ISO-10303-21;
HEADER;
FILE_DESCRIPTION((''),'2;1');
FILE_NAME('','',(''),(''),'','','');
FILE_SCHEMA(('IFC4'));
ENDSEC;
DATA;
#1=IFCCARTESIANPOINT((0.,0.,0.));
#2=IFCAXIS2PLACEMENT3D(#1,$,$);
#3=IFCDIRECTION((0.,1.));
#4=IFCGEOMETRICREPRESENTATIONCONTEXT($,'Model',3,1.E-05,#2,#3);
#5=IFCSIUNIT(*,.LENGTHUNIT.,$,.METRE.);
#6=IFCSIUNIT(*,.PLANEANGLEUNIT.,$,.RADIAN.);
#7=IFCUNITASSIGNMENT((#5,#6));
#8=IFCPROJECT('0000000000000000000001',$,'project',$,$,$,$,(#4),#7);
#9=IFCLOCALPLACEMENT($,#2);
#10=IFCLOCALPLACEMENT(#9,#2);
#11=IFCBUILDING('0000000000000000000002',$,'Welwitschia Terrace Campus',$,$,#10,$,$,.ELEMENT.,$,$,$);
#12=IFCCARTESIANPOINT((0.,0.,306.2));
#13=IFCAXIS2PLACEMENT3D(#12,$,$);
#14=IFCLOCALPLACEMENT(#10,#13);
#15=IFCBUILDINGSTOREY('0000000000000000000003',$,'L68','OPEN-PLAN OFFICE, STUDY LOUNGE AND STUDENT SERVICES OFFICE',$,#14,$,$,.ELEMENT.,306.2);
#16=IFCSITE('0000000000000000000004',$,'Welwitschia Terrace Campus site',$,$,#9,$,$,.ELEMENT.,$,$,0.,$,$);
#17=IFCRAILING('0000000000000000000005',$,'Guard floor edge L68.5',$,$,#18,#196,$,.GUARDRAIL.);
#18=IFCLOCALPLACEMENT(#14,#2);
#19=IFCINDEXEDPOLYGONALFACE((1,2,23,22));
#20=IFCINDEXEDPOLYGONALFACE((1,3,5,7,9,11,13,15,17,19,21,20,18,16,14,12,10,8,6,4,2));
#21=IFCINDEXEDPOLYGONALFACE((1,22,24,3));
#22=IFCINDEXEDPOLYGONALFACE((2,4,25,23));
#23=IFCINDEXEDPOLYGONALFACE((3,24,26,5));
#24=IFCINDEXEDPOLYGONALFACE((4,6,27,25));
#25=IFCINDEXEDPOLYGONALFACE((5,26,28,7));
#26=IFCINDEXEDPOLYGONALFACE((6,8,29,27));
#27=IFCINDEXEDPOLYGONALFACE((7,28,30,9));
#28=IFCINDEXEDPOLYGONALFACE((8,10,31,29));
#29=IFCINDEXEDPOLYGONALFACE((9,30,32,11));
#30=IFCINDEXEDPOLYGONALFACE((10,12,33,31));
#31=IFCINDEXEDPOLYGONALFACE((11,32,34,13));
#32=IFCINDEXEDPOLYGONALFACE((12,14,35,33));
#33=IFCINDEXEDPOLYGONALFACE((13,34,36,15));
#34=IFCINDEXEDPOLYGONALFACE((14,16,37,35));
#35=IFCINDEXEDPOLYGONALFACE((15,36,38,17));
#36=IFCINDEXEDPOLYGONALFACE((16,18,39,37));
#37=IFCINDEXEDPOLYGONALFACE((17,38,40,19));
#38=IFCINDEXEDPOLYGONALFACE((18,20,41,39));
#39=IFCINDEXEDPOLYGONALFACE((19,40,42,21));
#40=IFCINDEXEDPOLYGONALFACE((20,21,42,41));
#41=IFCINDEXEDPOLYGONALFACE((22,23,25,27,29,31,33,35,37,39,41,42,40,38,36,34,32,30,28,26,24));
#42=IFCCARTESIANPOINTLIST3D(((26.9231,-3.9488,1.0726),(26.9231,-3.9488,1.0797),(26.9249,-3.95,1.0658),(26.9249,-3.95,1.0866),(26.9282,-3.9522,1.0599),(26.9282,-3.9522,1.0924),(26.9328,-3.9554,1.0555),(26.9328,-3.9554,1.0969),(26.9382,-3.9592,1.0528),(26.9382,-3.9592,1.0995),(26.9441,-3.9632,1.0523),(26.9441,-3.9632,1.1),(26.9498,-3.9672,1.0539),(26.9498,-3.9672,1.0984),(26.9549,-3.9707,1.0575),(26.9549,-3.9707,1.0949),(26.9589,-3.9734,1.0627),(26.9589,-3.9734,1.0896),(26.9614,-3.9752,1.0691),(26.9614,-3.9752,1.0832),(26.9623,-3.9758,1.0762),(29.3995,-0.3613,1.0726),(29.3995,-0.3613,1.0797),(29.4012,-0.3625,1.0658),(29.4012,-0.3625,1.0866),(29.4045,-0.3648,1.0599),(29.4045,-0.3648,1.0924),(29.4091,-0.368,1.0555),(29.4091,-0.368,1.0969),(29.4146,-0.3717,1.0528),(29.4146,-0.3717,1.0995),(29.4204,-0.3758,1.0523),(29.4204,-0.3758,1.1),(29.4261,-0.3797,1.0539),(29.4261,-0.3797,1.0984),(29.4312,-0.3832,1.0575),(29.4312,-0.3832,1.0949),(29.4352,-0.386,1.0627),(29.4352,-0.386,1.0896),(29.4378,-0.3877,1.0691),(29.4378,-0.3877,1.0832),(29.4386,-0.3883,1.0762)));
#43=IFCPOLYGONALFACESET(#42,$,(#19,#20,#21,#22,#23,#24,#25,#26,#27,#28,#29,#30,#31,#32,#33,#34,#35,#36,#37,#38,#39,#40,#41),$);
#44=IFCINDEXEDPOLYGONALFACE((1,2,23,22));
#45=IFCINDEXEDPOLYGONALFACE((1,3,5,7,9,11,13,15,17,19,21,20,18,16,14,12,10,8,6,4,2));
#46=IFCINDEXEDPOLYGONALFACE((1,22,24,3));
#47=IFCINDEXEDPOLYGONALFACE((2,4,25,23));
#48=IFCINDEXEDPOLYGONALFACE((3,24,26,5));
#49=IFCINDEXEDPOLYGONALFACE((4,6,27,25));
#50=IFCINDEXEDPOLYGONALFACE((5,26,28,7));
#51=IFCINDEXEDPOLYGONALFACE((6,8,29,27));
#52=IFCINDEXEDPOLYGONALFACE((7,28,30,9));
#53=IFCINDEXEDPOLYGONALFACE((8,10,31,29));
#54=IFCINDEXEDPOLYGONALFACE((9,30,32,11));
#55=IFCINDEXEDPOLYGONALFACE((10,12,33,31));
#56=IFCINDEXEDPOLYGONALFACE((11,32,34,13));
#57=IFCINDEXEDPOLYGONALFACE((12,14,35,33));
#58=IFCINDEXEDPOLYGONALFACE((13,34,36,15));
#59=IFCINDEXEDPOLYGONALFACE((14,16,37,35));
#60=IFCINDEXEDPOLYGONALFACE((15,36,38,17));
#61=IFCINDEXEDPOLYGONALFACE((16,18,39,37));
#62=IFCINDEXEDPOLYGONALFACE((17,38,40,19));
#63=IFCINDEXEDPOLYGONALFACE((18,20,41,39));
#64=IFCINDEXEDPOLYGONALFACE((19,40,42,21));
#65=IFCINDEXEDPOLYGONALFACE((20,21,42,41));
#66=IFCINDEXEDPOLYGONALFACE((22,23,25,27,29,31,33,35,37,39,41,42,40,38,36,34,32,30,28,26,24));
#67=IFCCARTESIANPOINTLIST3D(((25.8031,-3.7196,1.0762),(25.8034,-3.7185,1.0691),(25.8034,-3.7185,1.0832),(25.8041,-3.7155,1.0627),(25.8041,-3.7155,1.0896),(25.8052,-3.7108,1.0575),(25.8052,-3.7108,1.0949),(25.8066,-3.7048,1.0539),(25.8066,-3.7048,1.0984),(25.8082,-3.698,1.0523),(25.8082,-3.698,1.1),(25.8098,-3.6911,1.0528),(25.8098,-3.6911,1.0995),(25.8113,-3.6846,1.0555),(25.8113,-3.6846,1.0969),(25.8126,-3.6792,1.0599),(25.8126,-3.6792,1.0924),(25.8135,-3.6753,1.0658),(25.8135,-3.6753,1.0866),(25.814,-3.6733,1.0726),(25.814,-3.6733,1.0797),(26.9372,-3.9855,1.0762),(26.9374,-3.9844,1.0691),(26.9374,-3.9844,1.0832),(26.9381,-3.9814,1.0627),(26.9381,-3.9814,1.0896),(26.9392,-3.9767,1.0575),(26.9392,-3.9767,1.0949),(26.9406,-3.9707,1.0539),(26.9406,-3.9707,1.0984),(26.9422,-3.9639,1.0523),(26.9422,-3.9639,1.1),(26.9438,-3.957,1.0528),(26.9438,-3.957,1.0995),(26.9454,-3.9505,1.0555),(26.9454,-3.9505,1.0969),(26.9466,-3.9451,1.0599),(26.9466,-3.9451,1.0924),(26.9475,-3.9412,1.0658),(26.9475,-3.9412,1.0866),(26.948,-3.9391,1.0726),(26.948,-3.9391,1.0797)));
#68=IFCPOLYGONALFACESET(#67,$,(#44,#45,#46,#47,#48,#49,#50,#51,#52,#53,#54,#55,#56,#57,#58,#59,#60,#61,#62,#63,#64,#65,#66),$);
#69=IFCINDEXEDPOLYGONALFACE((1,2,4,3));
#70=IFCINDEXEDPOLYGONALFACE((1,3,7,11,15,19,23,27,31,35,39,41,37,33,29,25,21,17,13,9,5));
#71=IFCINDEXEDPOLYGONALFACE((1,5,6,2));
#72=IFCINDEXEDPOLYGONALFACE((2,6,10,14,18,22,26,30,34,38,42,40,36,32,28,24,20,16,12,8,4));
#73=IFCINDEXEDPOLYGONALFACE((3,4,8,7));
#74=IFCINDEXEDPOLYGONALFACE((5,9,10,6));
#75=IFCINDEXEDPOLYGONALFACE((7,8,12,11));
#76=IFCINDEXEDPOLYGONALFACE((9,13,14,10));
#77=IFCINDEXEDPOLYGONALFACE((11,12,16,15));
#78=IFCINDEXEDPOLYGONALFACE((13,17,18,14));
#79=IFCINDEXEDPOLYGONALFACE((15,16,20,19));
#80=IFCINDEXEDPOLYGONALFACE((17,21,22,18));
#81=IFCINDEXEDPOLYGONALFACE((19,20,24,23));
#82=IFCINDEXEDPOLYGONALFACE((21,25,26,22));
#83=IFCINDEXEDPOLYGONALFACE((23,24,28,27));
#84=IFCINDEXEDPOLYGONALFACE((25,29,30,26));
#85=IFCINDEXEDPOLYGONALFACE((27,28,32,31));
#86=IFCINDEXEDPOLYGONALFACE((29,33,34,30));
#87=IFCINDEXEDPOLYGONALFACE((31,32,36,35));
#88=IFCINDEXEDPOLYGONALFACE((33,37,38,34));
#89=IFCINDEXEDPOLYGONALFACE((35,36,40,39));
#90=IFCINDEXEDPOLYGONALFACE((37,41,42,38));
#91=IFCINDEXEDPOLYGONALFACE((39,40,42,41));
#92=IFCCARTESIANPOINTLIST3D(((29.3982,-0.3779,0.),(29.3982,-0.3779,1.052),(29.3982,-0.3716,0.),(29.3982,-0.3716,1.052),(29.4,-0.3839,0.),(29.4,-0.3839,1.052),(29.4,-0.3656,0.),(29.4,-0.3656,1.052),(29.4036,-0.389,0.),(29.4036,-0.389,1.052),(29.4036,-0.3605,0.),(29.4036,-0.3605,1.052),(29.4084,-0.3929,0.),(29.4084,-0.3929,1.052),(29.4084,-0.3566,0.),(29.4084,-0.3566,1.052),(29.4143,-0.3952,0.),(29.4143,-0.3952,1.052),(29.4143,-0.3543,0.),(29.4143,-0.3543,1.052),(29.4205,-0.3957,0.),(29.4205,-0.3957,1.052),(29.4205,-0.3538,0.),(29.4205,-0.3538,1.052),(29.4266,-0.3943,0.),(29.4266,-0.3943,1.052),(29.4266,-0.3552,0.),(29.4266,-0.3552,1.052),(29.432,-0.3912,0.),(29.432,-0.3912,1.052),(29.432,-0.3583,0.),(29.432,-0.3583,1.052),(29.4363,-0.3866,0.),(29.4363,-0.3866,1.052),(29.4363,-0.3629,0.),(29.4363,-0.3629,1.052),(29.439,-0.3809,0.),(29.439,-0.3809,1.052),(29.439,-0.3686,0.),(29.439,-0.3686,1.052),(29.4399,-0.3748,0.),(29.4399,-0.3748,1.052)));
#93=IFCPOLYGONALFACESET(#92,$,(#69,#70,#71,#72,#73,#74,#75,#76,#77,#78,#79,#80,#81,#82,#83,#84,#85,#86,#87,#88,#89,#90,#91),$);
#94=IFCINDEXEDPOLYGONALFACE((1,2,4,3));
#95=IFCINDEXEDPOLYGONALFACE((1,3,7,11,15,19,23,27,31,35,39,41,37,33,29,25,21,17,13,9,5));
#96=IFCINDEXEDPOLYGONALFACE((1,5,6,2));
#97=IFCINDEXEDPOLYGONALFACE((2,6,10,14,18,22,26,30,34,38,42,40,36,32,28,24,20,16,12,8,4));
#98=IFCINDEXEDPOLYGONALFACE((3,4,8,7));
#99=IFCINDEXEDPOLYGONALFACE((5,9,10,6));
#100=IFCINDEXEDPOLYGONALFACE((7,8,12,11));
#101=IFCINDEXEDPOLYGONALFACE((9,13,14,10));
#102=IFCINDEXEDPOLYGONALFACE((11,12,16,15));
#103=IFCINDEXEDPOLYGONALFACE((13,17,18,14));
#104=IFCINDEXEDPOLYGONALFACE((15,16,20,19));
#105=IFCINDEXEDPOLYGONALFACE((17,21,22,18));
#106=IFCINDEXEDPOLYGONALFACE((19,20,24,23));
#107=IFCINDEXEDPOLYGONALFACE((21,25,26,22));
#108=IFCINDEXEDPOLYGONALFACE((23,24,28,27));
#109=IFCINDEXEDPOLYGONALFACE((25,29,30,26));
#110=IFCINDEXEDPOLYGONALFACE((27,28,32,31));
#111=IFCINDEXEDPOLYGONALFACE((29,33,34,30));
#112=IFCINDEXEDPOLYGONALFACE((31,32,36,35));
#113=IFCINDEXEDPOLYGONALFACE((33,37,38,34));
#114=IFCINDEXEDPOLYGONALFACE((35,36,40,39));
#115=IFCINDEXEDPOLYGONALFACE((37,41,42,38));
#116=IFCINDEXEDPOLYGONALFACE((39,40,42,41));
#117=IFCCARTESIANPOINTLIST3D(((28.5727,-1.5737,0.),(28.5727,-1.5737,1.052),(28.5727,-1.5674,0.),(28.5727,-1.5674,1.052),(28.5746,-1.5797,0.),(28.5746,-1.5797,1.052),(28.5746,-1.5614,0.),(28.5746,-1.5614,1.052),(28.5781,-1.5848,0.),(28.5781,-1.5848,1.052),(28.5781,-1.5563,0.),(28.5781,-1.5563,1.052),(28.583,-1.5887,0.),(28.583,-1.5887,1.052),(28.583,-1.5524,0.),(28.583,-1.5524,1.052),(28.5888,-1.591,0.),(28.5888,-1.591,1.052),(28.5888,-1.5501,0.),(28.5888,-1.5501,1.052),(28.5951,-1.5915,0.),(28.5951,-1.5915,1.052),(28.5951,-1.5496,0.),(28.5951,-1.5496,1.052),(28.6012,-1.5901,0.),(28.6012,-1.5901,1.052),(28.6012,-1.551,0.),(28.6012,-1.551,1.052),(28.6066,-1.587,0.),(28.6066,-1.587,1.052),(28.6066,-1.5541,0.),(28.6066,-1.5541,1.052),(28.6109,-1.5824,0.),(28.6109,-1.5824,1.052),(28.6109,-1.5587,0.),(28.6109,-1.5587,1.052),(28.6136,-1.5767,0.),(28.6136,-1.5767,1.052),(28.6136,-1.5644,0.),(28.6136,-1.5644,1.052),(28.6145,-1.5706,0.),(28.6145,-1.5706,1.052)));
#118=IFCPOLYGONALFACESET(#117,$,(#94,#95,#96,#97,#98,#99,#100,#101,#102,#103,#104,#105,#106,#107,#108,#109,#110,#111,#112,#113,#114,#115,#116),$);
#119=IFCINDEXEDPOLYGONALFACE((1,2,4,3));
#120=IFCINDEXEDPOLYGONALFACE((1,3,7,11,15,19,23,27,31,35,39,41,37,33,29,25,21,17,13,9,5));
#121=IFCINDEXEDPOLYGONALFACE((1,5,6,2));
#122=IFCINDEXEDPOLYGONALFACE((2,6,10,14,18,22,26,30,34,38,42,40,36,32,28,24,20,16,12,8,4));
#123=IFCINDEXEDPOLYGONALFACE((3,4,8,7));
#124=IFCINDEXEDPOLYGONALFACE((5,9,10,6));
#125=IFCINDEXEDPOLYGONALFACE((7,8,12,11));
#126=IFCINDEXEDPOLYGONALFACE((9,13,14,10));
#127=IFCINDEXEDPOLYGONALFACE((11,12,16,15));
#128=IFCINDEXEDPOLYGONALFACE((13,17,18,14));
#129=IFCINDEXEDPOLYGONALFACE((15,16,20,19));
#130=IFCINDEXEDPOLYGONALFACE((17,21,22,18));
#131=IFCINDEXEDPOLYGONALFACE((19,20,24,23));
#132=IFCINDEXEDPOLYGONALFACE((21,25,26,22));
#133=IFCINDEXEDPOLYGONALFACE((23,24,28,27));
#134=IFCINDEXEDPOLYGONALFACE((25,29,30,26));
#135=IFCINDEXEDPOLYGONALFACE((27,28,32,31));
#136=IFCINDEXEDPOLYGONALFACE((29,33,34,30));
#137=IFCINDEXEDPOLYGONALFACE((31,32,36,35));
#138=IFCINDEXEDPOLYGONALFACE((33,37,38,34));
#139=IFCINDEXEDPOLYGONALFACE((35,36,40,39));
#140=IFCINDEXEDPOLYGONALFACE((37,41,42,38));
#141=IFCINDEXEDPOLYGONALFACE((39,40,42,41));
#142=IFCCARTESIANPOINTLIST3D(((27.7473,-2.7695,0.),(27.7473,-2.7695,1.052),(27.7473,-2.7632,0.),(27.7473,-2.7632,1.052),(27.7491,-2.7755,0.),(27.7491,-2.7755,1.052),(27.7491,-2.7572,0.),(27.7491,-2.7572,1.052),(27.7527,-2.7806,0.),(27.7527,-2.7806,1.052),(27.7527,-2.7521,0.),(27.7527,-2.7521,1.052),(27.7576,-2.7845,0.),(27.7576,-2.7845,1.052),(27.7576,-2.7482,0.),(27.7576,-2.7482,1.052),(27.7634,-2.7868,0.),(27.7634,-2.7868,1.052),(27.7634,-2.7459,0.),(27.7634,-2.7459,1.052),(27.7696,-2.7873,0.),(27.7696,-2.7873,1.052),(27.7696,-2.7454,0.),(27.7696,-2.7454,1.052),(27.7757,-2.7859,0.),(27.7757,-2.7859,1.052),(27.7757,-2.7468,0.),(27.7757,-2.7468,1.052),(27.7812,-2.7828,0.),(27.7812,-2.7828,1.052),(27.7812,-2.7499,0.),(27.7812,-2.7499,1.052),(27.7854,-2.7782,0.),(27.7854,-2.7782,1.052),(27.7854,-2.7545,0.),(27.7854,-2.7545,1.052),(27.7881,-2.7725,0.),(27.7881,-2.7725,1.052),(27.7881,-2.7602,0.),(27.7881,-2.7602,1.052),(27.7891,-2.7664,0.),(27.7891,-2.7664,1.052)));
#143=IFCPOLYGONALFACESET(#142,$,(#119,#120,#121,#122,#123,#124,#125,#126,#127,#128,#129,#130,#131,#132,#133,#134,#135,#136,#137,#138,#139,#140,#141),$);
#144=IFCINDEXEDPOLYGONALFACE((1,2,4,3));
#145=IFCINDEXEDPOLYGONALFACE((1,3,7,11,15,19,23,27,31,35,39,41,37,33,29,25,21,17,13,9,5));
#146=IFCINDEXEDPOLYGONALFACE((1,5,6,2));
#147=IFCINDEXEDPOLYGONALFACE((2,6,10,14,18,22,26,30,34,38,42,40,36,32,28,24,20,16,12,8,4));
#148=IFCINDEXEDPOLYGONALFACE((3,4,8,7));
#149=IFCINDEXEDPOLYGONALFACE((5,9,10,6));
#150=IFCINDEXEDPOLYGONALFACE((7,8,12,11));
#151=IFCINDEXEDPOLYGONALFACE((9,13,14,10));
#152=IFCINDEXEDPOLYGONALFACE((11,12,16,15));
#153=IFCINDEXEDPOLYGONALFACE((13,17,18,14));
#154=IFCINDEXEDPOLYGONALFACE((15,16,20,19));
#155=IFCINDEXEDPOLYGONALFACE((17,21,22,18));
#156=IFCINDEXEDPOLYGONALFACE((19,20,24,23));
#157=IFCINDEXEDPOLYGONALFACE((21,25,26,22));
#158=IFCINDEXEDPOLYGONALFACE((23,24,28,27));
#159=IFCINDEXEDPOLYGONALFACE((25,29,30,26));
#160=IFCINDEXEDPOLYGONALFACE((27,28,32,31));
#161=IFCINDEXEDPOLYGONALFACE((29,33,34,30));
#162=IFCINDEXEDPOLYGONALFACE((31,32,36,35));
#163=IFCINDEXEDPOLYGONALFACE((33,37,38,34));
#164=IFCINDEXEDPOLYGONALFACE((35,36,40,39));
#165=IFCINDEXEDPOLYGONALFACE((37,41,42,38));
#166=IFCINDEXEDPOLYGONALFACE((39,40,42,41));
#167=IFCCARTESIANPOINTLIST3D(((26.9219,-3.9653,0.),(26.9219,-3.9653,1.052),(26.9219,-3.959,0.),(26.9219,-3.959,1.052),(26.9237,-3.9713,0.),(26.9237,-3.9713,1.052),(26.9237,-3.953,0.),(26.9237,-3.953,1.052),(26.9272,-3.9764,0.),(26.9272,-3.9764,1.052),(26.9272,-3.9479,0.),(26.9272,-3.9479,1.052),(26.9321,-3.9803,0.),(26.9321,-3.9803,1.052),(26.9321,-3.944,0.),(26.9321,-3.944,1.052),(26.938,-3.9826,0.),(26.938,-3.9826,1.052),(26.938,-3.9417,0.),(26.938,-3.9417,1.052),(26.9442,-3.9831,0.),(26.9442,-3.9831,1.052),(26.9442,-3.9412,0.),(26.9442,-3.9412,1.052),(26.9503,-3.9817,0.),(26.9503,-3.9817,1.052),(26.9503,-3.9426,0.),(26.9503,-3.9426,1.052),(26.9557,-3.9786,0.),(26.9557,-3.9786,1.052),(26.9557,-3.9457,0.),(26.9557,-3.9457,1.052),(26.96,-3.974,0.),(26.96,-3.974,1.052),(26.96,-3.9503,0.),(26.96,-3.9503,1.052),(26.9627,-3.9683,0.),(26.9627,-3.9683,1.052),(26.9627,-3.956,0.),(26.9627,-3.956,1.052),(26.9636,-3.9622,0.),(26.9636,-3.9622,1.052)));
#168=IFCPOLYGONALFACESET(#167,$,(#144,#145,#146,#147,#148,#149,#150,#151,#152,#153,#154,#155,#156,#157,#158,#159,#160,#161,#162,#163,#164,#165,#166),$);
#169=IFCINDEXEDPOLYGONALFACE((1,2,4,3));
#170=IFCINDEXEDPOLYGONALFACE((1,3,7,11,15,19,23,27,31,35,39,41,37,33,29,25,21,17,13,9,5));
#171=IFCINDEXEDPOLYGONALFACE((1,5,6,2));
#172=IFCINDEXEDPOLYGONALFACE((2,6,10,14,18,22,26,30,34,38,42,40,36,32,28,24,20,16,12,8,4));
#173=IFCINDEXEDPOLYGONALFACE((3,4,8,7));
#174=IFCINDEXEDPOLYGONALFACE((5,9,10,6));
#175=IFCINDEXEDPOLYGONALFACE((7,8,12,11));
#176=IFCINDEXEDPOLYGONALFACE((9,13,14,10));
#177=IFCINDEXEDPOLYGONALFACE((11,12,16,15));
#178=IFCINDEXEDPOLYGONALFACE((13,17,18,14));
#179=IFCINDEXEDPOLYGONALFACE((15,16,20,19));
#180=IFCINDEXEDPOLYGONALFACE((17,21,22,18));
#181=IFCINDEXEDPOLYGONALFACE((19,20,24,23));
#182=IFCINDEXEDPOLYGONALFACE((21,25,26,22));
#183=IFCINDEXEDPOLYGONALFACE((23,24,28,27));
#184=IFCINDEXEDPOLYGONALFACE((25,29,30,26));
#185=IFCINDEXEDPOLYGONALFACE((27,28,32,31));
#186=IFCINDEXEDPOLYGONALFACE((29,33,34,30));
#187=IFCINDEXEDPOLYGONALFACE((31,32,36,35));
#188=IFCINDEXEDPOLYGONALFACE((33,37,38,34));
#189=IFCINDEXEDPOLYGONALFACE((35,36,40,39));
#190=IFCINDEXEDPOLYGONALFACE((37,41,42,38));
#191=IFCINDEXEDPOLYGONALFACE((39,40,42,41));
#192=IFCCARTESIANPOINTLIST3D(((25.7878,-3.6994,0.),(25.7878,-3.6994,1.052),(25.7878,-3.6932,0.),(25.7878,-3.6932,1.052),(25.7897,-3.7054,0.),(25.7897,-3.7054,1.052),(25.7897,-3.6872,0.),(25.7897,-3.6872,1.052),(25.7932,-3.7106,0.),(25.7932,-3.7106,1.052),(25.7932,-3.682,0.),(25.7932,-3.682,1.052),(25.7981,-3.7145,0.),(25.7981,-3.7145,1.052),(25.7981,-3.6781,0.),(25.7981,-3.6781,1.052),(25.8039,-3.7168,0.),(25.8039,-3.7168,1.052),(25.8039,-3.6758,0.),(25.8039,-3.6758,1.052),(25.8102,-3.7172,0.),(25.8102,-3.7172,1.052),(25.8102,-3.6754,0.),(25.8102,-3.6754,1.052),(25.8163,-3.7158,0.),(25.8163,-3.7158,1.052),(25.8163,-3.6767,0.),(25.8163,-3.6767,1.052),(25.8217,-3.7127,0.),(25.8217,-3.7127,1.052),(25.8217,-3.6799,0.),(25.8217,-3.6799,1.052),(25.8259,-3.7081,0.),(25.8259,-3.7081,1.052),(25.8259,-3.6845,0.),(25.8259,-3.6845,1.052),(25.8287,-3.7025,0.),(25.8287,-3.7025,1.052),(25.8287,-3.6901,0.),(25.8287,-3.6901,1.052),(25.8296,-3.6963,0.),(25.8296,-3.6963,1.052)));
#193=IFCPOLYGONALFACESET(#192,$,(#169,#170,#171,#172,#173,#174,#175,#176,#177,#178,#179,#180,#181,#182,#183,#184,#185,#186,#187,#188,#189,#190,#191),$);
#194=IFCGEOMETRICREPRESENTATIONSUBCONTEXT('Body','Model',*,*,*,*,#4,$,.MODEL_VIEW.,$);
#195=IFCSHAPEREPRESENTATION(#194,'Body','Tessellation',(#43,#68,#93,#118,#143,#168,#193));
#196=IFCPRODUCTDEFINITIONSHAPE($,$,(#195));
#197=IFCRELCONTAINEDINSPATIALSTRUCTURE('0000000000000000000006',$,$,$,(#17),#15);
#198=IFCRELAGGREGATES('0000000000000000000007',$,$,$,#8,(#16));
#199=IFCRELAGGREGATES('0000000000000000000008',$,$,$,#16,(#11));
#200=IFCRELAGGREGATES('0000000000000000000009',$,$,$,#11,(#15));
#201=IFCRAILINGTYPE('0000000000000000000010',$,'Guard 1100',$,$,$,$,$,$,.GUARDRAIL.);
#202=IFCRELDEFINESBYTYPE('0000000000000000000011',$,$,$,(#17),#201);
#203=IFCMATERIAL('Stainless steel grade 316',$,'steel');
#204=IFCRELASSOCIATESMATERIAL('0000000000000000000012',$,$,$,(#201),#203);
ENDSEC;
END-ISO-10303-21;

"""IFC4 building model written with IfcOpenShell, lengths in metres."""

from ifc_helpers import new_model, si_unit, direction, frame, origin, origin_2d, place, context, subcontext, project, spatial, circle, extrude, material, type_object, element, save


model = new_model("IFC4")

# Units and contexts
model_context = context("Model", 3, precision=1e-05, world=origin(), true_north=direction((0.0, 1.0)))
body_context = subcontext(model_context, "Body", "Model", "MODEL_VIEW")
ifc_project = project(units=[si_unit("LENGTHUNIT", "METRE"), si_unit("PLANEANGLEUNIT", "RADIAN")], contexts=[model_context])

# Site, building, storey
site_placement = place(None, origin())
site = spatial("IfcSite", under=ifc_project, at=site_placement, Name="Welwitschia Terrace Campus site", CompositionType="ELEMENT", RefElevation=0.0)
building_placement = place(site_placement, origin())
building = spatial("IfcBuilding", under=site, at=building_placement, Name="Welwitschia Terrace Campus", CompositionType="ELEMENT")
storey_placement = place(building_placement, frame((0.0, 0.0, 306.2)))
storey = spatial("IfcBuildingStorey", under=building, at=storey_placement, Name="L68", Description="OPEN-PLAN OFFICE, STUDY LOUNGE AND STUDENT SERVICES OFFICE", CompositionType="ELEMENT", Elevation=306.2)

# Railing
ifc_material_1 = material(Name="Stainless steel grade 316", Category="steel")
railing_type = type_object("IfcRailingType", Name="Guard 1100", PredefinedType="GUARDRAIL", material=ifc_material_1)
railing_placement = place(storey_placement, frame((29.4189, -0.3748, 0.0)))
element("IfcRailing", 1, at=railing_placement, inside=storey, type_object=railing_type, Name="Guard floor edge L68.5", PredefinedType="GUARDRAIL", context=body_context, shape_type="SweptSolid", body=[
    extrude(circle(Radius=0.0239, at=origin_2d()), frame((0.0, 0.0, 1.0762), z_axis=(-0.568082, -0.822972, 0.0), x_axis=(0.822972, -0.568082, 0.0)), (0.0, 0.0, 1.0), 4.3591),
    extrude(circle(Radius=0.0239, at=origin_2d()), frame((-2.4763, -3.5874, 1.0762), z_axis=(-0.973601, 0.228257, 0.0), x_axis=(-0.228257, -0.973601, 0.0)), (0.0, 0.0, 1.0), 1.1648),
    extrude(circle(Radius=0.021, at=origin_2d()), origin(), (0.0, 0.0, 1.0), 1.052),
    extrude(circle(Radius=0.021, at=origin_2d()), frame((-0.8254, -1.1958, 0.0)), (0.0, 0.0, 1.0), 1.052),
    extrude(circle(Radius=0.021, at=origin_2d()), frame((-1.6509, -2.3916, 0.0)), (0.0, 0.0, 1.0), 1.052),
    extrude(circle(Radius=0.021, at=origin_2d()), frame((-2.4763, -3.5874, 0.0)), (0.0, 0.0, 1.0), 1.052),
    extrude(circle(Radius=0.021, at=origin_2d()), frame((-3.6104, -3.3215, 0.0)), (0.0, 0.0, 1.0), 1.052),
])

save(model, "model.ifc")
